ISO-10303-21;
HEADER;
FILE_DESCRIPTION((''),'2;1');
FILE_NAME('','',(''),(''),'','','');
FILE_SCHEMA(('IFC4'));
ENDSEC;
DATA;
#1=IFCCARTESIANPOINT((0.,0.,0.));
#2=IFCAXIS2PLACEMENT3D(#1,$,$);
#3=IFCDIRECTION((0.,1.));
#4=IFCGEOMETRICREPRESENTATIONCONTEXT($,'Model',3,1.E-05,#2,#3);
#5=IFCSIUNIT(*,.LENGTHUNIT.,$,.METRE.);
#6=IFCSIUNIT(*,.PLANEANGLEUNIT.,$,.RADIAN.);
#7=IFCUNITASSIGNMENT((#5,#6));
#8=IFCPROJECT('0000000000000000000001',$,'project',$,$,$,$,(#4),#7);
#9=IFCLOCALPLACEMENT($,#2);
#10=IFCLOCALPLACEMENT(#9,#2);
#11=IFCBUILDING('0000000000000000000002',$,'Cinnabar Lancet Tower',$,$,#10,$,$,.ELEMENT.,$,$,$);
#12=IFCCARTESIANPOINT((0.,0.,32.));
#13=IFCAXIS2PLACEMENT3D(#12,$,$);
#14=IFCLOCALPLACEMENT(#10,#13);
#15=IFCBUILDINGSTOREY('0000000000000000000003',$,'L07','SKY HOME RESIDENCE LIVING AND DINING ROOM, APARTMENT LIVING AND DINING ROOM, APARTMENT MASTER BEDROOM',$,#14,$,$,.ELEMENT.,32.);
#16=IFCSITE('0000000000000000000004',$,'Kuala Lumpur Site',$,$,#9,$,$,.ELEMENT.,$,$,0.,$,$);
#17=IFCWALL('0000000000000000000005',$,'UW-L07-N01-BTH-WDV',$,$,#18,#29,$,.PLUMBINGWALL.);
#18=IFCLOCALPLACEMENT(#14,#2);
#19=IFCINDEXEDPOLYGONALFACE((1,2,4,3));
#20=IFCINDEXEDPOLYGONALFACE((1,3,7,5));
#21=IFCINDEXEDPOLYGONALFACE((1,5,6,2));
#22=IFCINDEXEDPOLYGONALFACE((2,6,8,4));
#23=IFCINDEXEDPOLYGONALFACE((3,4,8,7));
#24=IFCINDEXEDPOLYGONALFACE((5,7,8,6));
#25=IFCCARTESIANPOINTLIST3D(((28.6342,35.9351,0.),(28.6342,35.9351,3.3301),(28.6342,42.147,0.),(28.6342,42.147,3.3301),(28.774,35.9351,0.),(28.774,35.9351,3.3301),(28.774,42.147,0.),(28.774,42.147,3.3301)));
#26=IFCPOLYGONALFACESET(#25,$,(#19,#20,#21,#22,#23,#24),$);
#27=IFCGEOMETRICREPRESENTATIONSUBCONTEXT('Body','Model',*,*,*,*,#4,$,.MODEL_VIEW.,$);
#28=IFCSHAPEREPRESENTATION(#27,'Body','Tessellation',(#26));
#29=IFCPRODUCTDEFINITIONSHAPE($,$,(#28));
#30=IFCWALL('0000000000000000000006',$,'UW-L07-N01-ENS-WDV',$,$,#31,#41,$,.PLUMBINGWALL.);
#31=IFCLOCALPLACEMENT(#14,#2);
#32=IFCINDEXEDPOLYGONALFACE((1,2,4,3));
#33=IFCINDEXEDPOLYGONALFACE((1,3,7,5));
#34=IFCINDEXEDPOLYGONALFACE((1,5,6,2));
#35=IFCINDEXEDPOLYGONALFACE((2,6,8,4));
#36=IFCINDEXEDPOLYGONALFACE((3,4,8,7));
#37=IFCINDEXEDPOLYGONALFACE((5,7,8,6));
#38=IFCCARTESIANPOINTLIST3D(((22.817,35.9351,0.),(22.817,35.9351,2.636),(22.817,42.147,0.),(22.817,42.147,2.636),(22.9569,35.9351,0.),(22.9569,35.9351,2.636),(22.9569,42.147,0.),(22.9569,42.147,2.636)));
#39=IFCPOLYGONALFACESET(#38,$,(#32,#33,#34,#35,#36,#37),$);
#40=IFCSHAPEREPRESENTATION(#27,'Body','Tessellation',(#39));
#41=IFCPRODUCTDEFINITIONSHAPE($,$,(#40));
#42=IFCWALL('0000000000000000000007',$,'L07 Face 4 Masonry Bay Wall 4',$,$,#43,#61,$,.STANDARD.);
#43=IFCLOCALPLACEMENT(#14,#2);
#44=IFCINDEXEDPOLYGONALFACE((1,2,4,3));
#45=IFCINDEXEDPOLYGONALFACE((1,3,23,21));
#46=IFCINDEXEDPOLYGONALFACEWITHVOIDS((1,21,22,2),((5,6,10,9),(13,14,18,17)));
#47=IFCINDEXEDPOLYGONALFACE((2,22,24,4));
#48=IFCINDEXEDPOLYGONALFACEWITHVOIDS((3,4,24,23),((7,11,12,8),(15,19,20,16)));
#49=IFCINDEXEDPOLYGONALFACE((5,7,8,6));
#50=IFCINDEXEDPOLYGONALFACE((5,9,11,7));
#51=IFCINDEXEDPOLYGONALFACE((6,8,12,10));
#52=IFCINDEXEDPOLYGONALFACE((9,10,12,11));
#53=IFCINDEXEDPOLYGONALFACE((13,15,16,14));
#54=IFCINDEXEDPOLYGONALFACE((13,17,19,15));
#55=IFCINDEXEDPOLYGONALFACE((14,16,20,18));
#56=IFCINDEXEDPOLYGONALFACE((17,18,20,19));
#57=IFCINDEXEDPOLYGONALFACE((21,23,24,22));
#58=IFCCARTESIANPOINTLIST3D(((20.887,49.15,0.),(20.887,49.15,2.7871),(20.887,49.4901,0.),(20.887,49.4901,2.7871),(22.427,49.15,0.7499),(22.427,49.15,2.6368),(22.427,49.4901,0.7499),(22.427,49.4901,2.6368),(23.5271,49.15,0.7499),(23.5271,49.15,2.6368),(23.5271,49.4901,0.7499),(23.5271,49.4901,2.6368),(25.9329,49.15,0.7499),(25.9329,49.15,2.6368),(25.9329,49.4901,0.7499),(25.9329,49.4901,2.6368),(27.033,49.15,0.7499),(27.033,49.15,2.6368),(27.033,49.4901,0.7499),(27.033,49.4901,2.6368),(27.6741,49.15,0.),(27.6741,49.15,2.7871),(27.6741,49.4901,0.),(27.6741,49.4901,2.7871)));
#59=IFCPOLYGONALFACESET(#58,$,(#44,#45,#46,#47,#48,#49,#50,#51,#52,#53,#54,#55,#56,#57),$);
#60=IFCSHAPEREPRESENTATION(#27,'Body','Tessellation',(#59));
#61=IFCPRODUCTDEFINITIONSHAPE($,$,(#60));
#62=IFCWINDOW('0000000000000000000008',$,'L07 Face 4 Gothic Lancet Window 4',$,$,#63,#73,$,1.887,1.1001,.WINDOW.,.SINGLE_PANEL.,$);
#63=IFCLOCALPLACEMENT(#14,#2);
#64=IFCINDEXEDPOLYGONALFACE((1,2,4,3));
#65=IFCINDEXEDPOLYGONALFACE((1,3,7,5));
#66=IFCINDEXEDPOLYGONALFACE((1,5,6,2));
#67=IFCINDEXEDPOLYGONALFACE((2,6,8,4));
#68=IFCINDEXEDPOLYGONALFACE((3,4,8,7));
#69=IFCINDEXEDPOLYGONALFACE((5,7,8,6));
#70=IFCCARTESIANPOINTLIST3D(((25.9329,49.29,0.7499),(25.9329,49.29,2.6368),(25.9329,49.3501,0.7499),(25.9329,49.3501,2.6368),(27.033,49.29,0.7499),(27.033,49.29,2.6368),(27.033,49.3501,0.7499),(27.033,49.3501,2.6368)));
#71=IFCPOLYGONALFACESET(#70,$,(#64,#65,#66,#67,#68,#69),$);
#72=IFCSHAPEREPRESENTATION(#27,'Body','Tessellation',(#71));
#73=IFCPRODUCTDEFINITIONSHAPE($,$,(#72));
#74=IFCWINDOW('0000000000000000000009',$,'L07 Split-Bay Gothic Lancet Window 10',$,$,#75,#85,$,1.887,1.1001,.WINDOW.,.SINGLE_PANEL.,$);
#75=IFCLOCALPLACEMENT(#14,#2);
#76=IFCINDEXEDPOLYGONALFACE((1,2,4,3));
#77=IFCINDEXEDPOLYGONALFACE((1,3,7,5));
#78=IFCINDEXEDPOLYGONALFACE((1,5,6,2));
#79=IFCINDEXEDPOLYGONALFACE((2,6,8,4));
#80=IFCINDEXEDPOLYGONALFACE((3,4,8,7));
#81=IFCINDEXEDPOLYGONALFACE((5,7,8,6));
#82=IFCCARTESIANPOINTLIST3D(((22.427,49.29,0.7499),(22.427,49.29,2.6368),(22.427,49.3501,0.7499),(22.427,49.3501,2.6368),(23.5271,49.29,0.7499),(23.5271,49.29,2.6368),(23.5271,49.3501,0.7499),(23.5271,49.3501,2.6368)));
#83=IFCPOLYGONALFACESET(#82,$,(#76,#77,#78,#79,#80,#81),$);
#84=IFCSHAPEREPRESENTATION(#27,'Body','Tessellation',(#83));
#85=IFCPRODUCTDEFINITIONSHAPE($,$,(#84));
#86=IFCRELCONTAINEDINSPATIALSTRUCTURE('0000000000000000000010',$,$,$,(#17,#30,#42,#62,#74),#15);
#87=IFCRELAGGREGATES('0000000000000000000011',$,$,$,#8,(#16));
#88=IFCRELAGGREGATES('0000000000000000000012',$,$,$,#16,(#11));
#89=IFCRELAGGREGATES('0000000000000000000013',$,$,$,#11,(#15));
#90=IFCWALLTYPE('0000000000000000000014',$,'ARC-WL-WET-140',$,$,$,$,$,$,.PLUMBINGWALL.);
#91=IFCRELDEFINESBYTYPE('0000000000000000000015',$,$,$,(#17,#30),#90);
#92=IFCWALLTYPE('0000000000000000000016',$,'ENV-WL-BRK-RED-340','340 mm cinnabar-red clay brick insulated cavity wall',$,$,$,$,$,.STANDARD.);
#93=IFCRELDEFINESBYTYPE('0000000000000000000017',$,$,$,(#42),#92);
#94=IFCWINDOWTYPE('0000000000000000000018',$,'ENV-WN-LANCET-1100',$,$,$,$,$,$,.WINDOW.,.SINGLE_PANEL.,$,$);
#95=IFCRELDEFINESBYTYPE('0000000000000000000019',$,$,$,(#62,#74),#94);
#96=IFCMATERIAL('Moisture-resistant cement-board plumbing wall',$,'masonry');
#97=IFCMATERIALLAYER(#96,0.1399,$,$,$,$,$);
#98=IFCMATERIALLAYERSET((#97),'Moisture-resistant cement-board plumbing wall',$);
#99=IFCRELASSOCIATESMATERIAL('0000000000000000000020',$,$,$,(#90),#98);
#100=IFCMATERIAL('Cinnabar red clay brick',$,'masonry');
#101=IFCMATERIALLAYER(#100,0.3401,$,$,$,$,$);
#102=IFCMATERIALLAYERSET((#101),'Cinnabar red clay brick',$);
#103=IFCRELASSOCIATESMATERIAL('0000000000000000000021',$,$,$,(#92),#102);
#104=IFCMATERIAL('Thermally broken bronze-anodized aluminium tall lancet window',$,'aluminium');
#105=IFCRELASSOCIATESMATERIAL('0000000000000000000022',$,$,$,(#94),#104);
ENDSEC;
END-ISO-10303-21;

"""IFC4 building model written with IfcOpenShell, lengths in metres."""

from ifc_helpers import new_model, si_unit, direction, frame, frame_2d, origin, place, context, subcontext, project, spatial, rectangle, extrude, material, layer, layer_set, type_object, element, fill, save


model = new_model("IFC4")

# Units and contexts
model_context = context("Model", 3, precision=1e-05, world=origin(), true_north=direction((0.0, 1.0)))
body_context = subcontext(model_context, "Body", "Model", "MODEL_VIEW")
ifc_project = project(units=[si_unit("LENGTHUNIT", "METRE"), si_unit("PLANEANGLEUNIT", "RADIAN")], contexts=[model_context])

# Site, building, storey
site_placement = place(None, origin())
site = spatial("IfcSite", under=ifc_project, at=site_placement, Name="Kuala Lumpur Site", CompositionType="ELEMENT", RefElevation=0.0)
building_placement = place(site_placement, origin())
building = spatial("IfcBuilding", under=site, at=building_placement, Name="Cinnabar Lancet Tower", CompositionType="ELEMENT")
storey_placement = place(building_placement, frame((0.0, 0.0, 32.0)))
storey = spatial("IfcBuildingStorey", under=building, at=storey_placement, Name="L07", Description="SKY HOME RESIDENCE LIVING AND DINING ROOM, APARTMENT LIVING AND DINING ROOM, APARTMENT MASTER BEDROOM", CompositionType="ELEMENT", Elevation=32.0)

# Shared definitions
ifc_material_1 = material(Name="Moisture-resistant cement-board plumbing wall", Category="masonry")
ifc_layer_1 = layer(ifc_material_1, 0.1399)
ifc_layer_set_1 = layer_set([ifc_layer_1], Name="Moisture-resistant cement-board plumbing wall")
wall_type_1 = type_object("IfcWallType", Name="ARC-WL-WET-140", PredefinedType="PLUMBINGWALL", material=ifc_layer_set_1)

# Walls
wall_1_placement = place(storey_placement, frame((28.7041, 35.9351, 0.0), z_axis=(0.0, 0.0, 1.0), x_axis=(0.0, 1.0, 0.0)))
element("IfcWall", 1, at=wall_1_placement, inside=storey, type_object=wall_type_1, Name="UW-L07-N01-BTH-WDV", PredefinedType="PLUMBINGWALL", context=body_context, shape_type="SweptSolid", body=[
    extrude(rectangle(XDim=6.2119, YDim=0.1399, at=frame_2d((3.106, 0.0))), origin(), (0.0, 0.0, 1.0), 3.3301),
])
wall_2_placement = place(storey_placement, frame((22.887, 35.9351, 0.0), z_axis=(0.0, 0.0, 1.0), x_axis=(0.0, 1.0, 0.0)))
element("IfcWall", 2, at=wall_2_placement, inside=storey, type_object=wall_type_1, Name="UW-L07-N01-ENS-WDV", PredefinedType="PLUMBINGWALL", context=body_context, shape_type="SweptSolid", body=[
    extrude(rectangle(XDim=6.2119, YDim=0.1399, at=frame_2d((3.106, 0.0))), origin(), (0.0, 0.0, 1.0), 2.636),
])

# Wall, openings, windows
ifc_material_2 = material(Name="Cinnabar red clay brick", Category="masonry")
ifc_layer_2 = layer(ifc_material_2, 0.3401)
ifc_layer_set_2 = layer_set([ifc_layer_2], Name="Cinnabar red clay brick")
wall_type_2 = type_object("IfcWallType", Name="ENV-WL-BRK-RED-340", Description="340 mm cinnabar-red clay brick insulated cavity wall", PredefinedType="STANDARD", material=ifc_layer_set_2)
wall_3_placement = place(storey_placement, frame((27.6741, 49.3201, 0.0), z_axis=(0.0, 0.0, 1.0), x_axis=(-1.0, 0.0, 0.0)))
wall_3 = element("IfcWall", 3, at=wall_3_placement, inside=storey, type_object=wall_type_2, Name="L07 Face 4 Masonry Bay Wall 4", PredefinedType="STANDARD", context=body_context, shape_type="SweptSolid", body=[
    extrude(rectangle(XDim=6.7871, YDim=0.3401, at=frame_2d((3.3936, 0.0))), origin(), (0.0, 0.0, 1.0), 2.7871),
])
opening_1_placement = place(wall_3_placement, frame((0.6411, 0.0, 0.75)))
opening_1 = element("IfcOpeningElement", 4, at=opening_1_placement, cuts=wall_3, PredefinedType="OPENING", context=body_context, shape_type="SweptSolid", body=[
    extrude(rectangle(XDim=1.1001, YDim=1.887, at=frame_2d((0.55, 0.9434))), frame((0.0, 0.1799, 0.0), z_axis=(0.0, -1.0, 0.0), x_axis=(1.0, 0.0, 0.0)), (0.0, 0.0, 1.0), 0.3601),
])
opening_2_placement = place(wall_3_placement, frame((4.147, 0.0, 0.75)))
opening_2 = element("IfcOpeningElement", 5, at=opening_2_placement, cuts=wall_3, PredefinedType="OPENING", context=body_context, shape_type="SweptSolid", body=[
    extrude(rectangle(XDim=1.1001, YDim=1.887, at=frame_2d((0.55, 0.9434))), frame((0.0, 0.1799, 0.0), z_axis=(0.0, -1.0, 0.0), x_axis=(1.0, 0.0, 0.0)), (0.0, 0.0, 1.0), 0.3601),
])
ifc_material_3 = material(Name="Thermally broken bronze-anodized aluminium tall lancet window", Category="aluminium")
window_type = type_object("IfcWindowType", Name="ENV-WN-LANCET-1100", PartitioningType="SINGLE_PANEL", PredefinedType="WINDOW", material=ifc_material_3)
window_1_placement = place(opening_1_placement, origin())
window_1 = element("IfcWindow", 6, at=window_1_placement, inside=storey, type_object=window_type, Name="L07 Face 4 Gothic Lancet Window 4", OverallHeight=1.887, OverallWidth=1.1001, PartitioningType="SINGLE_PANEL", PredefinedType="WINDOW", context=body_context, shape_type="SweptSolid", body=[
    extrude(rectangle(XDim=1.1001, YDim=1.887, at=frame_2d((0.55, 0.9434))), frame((0.0, 0.03, 0.0), z_axis=(0.0, -1.0, 0.0), x_axis=(1.0, 0.0, 0.0)), (0.0, 0.0, 1.0), 0.0601),
])
fill(opening_1, window_1)
window_2_placement = place(opening_2_placement, origin())
window_2 = element("IfcWindow", 7, at=window_2_placement, inside=storey, type_object=window_type, Name="L07 Split-Bay Gothic Lancet Window 10", OverallHeight=1.887, OverallWidth=1.1001, PartitioningType="SINGLE_PANEL", PredefinedType="WINDOW", context=body_context, shape_type="SweptSolid", body=[
    extrude(rectangle(XDim=1.1001, YDim=1.887, at=frame_2d((0.55, 0.9434))), frame((0.0, 0.03, 0.0), z_axis=(0.0, -1.0, 0.0), x_axis=(1.0, 0.0, 0.0)), (0.0, 0.0, 1.0), 0.0601),
])
fill(opening_2, window_2)

save(model, "model.ifc")
